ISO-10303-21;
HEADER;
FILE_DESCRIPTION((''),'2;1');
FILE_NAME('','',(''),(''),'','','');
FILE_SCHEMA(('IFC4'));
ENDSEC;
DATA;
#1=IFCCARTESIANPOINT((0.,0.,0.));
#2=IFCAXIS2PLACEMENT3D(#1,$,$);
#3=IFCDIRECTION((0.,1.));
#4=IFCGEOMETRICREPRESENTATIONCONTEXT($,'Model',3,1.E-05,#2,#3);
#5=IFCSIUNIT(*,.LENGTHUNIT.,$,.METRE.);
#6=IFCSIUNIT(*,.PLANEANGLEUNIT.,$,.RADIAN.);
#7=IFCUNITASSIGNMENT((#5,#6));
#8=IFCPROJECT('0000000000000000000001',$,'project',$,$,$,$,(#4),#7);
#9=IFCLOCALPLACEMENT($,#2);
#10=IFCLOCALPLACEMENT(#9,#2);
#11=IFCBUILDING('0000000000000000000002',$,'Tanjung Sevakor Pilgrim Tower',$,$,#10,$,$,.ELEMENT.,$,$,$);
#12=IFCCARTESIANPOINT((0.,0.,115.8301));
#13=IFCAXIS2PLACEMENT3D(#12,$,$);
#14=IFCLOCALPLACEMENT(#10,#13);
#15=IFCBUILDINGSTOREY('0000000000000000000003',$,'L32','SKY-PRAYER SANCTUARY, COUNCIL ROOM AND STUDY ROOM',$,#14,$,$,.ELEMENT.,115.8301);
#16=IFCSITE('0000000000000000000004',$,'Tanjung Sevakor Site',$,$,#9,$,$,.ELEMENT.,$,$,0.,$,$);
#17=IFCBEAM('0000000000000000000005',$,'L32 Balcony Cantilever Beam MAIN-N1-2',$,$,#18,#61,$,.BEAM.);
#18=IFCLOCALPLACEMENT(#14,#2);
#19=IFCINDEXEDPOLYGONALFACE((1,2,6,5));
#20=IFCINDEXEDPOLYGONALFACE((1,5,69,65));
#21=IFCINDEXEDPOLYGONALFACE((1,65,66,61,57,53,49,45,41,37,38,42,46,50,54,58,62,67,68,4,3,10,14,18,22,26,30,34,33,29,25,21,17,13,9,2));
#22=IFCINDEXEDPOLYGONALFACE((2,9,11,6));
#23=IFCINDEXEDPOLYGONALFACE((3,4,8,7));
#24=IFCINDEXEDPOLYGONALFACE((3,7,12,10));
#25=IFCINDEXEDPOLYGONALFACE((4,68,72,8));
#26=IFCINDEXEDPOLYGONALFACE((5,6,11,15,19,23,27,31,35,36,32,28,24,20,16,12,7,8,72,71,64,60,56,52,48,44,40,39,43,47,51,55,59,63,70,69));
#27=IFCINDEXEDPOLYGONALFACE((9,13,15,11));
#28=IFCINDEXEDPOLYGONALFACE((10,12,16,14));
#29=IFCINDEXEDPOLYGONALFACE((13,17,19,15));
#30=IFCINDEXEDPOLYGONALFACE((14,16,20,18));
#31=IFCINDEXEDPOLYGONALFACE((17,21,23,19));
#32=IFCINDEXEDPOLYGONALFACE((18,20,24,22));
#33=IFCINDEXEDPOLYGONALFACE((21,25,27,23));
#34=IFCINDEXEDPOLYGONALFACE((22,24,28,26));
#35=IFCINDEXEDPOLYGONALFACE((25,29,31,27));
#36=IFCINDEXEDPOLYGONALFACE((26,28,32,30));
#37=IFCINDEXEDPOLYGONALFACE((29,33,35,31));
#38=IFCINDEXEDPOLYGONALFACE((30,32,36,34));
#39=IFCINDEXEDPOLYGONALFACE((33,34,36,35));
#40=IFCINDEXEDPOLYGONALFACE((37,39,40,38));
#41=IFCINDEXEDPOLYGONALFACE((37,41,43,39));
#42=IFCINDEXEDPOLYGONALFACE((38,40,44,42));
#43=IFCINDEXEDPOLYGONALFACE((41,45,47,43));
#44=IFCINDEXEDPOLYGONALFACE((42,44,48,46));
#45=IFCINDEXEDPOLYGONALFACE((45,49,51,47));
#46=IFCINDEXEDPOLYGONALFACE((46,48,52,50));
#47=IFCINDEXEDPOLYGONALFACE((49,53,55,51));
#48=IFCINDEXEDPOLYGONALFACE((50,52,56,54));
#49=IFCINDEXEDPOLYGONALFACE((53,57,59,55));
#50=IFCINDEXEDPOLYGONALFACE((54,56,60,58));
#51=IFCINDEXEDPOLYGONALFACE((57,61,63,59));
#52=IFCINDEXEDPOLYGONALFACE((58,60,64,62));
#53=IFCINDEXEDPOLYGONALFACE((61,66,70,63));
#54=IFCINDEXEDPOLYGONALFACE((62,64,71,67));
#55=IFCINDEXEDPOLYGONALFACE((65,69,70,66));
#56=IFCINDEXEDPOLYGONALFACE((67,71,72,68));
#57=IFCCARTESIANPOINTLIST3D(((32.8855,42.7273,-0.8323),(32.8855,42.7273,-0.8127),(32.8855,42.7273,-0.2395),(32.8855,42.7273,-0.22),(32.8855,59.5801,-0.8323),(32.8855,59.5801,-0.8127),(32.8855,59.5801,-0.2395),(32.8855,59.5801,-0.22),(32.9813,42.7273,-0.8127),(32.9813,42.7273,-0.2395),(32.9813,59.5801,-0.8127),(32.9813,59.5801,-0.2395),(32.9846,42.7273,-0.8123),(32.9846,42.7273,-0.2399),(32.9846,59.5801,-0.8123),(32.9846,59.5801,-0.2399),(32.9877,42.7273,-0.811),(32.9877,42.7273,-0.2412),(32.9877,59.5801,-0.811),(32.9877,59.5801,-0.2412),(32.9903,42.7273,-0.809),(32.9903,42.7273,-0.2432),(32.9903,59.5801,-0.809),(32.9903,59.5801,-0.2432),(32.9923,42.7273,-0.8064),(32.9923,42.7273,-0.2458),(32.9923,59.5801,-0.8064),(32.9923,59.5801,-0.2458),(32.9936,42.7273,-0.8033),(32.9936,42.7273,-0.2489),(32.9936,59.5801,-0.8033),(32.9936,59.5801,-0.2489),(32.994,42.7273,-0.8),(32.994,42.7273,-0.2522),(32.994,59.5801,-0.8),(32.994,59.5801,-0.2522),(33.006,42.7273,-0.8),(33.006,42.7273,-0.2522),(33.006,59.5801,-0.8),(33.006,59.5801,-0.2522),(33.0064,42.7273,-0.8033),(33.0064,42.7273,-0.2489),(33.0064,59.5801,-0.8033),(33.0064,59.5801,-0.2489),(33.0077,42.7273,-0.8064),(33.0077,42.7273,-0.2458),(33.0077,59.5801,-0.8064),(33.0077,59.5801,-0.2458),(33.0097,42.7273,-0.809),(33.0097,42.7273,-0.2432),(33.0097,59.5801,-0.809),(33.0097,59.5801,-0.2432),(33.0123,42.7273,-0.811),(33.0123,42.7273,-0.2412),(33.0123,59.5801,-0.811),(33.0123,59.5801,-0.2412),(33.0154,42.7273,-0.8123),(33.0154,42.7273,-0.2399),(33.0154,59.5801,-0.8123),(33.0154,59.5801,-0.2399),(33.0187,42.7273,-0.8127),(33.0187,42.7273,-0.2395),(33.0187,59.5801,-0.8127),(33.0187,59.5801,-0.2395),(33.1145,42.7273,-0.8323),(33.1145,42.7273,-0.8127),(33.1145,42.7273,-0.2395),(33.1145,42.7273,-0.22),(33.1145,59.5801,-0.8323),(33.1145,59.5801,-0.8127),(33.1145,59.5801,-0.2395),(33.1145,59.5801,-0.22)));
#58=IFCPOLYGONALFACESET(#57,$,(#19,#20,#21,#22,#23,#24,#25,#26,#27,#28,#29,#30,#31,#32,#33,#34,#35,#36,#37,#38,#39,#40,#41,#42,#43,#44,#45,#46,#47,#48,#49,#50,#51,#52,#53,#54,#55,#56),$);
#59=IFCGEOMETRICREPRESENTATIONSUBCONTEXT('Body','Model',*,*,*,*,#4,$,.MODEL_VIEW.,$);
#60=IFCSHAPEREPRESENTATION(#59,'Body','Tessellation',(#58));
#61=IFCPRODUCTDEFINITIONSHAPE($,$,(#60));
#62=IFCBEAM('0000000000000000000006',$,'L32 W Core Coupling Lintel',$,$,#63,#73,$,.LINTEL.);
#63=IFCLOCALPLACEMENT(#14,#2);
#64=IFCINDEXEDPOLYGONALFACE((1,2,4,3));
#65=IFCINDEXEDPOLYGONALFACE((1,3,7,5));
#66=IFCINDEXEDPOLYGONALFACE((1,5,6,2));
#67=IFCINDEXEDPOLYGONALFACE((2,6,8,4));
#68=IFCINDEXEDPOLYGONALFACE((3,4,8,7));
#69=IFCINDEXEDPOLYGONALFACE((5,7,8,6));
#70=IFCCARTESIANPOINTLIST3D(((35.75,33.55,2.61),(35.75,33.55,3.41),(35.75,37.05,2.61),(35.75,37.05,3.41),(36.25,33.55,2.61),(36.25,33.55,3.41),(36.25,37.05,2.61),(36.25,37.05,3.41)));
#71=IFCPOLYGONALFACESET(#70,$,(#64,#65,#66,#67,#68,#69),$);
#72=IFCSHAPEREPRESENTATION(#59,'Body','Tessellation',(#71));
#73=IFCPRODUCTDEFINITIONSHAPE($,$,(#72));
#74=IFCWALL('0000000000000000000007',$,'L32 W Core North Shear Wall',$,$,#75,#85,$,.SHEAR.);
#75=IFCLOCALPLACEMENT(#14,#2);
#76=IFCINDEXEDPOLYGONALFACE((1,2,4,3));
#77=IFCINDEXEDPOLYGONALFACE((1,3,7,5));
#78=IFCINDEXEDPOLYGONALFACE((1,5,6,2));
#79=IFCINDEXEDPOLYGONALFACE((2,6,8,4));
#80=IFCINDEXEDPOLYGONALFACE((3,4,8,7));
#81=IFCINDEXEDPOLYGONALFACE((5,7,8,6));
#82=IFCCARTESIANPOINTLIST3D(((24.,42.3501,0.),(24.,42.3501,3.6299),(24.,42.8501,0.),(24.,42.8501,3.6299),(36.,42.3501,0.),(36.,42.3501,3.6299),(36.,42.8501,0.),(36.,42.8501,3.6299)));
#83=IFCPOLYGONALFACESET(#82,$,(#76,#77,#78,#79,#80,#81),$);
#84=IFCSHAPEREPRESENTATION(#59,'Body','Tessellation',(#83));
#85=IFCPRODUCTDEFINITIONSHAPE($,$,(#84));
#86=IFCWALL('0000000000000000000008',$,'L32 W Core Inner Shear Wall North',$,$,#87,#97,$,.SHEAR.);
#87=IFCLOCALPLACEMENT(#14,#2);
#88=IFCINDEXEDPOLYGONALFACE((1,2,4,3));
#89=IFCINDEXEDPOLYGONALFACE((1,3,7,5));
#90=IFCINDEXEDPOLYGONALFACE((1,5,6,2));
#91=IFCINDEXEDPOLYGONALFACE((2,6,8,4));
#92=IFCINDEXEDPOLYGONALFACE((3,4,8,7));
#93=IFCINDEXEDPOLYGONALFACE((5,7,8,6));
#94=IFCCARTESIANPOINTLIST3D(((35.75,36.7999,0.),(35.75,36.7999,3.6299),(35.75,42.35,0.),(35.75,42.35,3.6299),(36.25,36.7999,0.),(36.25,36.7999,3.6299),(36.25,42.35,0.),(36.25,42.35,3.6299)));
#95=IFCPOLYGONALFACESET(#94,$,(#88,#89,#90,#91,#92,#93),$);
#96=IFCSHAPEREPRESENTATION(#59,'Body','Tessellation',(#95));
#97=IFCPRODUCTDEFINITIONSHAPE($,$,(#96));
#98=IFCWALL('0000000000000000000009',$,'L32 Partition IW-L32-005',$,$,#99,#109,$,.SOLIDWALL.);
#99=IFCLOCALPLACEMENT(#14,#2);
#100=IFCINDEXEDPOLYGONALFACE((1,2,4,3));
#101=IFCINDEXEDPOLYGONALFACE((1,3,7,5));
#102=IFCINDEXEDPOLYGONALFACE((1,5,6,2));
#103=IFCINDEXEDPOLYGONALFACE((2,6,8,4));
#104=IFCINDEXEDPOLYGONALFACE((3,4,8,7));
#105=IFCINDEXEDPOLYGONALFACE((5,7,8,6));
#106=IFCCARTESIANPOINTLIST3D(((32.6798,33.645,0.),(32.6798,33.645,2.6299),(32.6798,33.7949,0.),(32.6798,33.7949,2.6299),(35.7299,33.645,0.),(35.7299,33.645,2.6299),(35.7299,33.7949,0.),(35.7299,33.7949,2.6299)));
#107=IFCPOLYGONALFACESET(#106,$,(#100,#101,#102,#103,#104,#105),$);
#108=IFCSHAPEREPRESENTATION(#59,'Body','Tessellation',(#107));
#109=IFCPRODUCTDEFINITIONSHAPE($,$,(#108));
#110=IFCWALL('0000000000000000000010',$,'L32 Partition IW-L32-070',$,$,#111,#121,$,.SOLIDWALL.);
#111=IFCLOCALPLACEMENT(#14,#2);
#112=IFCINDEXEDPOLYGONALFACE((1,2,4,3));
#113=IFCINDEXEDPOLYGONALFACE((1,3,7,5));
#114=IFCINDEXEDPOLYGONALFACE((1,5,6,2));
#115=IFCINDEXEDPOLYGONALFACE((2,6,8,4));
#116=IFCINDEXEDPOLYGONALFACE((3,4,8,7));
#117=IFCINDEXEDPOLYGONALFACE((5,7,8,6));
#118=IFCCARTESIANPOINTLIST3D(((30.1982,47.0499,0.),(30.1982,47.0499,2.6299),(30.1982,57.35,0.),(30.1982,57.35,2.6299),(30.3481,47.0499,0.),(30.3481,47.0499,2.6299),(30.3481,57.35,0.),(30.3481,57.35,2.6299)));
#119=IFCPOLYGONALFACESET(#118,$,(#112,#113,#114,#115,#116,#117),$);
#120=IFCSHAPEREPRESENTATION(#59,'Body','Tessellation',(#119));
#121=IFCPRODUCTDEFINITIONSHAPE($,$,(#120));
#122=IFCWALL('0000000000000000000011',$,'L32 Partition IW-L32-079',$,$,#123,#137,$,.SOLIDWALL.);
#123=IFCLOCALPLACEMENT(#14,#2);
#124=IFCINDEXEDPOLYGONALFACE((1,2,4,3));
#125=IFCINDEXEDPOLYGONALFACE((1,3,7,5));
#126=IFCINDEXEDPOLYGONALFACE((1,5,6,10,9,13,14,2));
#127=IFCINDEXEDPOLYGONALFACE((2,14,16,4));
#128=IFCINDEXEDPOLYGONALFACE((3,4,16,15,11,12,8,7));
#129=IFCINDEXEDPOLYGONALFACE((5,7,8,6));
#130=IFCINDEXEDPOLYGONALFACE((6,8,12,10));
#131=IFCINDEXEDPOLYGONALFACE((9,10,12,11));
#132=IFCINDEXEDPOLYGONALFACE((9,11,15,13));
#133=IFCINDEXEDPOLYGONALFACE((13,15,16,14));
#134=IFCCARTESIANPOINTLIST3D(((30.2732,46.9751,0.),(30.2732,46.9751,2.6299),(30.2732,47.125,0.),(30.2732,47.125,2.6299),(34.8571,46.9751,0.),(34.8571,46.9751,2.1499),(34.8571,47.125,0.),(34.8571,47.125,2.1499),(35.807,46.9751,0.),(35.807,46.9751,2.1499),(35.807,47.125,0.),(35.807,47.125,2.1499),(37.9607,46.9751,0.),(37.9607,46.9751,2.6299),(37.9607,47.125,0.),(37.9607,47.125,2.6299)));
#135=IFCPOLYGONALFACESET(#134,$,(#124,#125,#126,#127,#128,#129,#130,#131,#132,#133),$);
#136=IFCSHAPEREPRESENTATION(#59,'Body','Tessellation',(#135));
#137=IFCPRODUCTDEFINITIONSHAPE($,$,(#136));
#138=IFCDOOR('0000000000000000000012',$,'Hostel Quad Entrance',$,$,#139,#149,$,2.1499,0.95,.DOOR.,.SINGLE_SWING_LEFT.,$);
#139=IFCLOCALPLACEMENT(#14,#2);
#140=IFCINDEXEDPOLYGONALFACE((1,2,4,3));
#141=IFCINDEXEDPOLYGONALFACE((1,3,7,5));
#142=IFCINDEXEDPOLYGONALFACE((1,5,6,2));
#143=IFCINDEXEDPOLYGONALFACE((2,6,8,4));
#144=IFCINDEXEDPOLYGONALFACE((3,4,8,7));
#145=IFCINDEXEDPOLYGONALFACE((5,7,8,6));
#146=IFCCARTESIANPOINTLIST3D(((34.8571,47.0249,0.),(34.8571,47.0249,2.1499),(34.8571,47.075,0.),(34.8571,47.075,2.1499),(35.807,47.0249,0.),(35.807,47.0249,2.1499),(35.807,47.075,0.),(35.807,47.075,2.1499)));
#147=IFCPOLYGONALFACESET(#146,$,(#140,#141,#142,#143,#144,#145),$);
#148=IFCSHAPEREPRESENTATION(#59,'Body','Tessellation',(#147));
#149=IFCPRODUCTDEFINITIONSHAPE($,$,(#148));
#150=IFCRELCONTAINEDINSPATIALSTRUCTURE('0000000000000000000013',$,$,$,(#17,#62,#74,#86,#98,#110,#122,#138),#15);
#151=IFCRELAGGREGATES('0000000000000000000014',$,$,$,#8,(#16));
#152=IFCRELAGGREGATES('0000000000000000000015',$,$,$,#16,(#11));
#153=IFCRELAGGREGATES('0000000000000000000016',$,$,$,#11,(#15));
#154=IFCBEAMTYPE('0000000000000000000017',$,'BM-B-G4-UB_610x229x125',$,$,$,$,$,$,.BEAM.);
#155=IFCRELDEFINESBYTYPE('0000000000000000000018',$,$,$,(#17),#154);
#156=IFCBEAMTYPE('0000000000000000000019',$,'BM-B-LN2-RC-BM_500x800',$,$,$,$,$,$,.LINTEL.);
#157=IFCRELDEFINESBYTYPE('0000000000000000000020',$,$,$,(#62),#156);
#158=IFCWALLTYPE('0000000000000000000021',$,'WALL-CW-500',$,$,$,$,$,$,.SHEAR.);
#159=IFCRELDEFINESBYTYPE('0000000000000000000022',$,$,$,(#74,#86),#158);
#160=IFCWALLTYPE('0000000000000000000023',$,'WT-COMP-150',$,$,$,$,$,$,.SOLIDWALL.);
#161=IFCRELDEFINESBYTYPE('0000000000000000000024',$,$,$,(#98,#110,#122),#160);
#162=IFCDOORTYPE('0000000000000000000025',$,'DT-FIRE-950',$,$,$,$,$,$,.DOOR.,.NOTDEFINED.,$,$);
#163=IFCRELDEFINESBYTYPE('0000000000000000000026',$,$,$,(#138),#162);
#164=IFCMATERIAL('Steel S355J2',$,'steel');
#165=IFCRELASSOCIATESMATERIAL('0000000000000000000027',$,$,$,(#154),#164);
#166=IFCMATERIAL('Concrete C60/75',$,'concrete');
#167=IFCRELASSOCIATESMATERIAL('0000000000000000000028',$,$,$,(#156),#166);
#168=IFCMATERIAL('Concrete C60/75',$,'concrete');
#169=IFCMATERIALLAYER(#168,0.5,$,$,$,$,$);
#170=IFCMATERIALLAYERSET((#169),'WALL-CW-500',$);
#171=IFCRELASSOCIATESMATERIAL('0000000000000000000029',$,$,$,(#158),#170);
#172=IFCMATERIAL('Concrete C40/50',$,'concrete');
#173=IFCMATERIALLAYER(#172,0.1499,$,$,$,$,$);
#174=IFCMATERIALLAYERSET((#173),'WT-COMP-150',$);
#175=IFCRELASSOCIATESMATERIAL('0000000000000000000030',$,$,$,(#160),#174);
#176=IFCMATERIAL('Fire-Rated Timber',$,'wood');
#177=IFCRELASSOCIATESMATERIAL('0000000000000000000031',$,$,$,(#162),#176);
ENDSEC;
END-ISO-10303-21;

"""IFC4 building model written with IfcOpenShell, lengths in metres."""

from ifc_helpers import new_model, si_unit, direction, frame, frame_2d, origin, origin_2d, place, context, subcontext, project, spatial, rectangle, i_section, extrude, material, layer, layer_set, material_profile, profile_set, type_object, element, fill, save


model = new_model("IFC4")

# Units and contexts
model_context = context("Model", 3, precision=1e-05, world=origin(), true_north=direction((0.0, 1.0)))
body_context = subcontext(model_context, "Body", "Model", "MODEL_VIEW")
ifc_project = project(units=[si_unit("LENGTHUNIT", "METRE"), si_unit("PLANEANGLEUNIT", "RADIAN")], contexts=[model_context])

# Site, building, storey
site_placement = place(None, origin())
site = spatial("IfcSite", under=ifc_project, at=site_placement, Name="Tanjung Sevakor Site", CompositionType="ELEMENT", RefElevation=0.0)
building_placement = place(site_placement, origin())
building = spatial("IfcBuilding", under=site, at=building_placement, Name="Tanjung Sevakor Pilgrim Tower", CompositionType="ELEMENT")
storey_placement = place(building_placement, frame((0.0, 0.0, 115.8301)))
storey = spatial("IfcBuildingStorey", under=building, at=storey_placement, Name="L32", Description="SKY-PRAYER SANCTUARY, COUNCIL ROOM AND STUDY ROOM", CompositionType="ELEMENT", Elevation=115.8301)

# Beams
ifc_material_1 = material(Name="Steel S355J2", Category="steel")
ifc_material_profile_1 = material_profile(ifc_material_1, i_section(OverallWidth=0.229, OverallDepth=0.6123, WebThickness=0.012, FlangeThickness=0.0195, FilletRadius=0.0127, at=origin_2d()))
ifc_profile_set_1 = profile_set([ifc_material_profile_1], Name="Steel S355J2")
beam_type_1 = type_object("IfcBeamType", Name="BM-B-G4-UB_610x229x125", PredefinedType="BEAM", material=ifc_profile_set_1)
beam_1_placement = place(storey_placement, frame((33.0, 42.7273, -0.5261), z_axis=(0.0, 1.0, 0.0), x_axis=(-1.0, 0.0, 0.0)))
element("IfcBeam", 1, at=beam_1_placement, inside=storey, type_object=beam_type_1, Name="L32 Balcony Cantilever Beam MAIN-N1-2", PredefinedType="BEAM", context=body_context, shape_type="SweptSolid", body=[
    extrude(i_section(OverallWidth=0.229, OverallDepth=0.6123, WebThickness=0.012, FlangeThickness=0.0195, FilletRadius=0.0127, at=origin_2d()), origin(), (0.0, 0.0, 1.0), 16.8528),
])
ifc_material_2 = material(Name="Concrete C60/75", Category="concrete")
ifc_material_profile_2 = material_profile(ifc_material_2, rectangle(XDim=0.5, YDim=0.8, at=origin_2d()))
ifc_profile_set_2 = profile_set([ifc_material_profile_2], Name="Concrete C60/75")
beam_type_2 = type_object("IfcBeamType", Name="BM-B-LN2-RC-BM_500x800", PredefinedType="LINTEL", material=ifc_profile_set_2)
beam_2_placement = place(storey_placement, frame((36.0, 33.55, 3.01), z_axis=(0.0, 1.0, 0.0), x_axis=(-1.0, 0.0, 0.0)))
element("IfcBeam", 2, at=beam_2_placement, inside=storey, type_object=beam_type_2, Name="L32 W Core Coupling Lintel", PredefinedType="LINTEL", context=body_context, shape_type="SweptSolid", body=[
    extrude(rectangle(XDim=0.5, YDim=0.8, at=origin_2d()), origin(), (0.0, 0.0, 1.0), 3.5),
])

# Walls
ifc_material_3 = material(Name="Concrete C60/75", Category="concrete")
ifc_layer_1 = layer(ifc_material_3, 0.5)
ifc_layer_set_1 = layer_set([ifc_layer_1], Name="WALL-CW-500")
wall_type_1 = type_object("IfcWallType", Name="WALL-CW-500", PredefinedType="SHEAR", material=ifc_layer_set_1)
wall_1_placement = place(storey_placement, frame((36.0, 42.6001, 0.0), z_axis=(0.0, 0.0, 1.0), x_axis=(-1.0, 0.0, 0.0)))
element("IfcWall", 3, at=wall_1_placement, inside=storey, type_object=wall_type_1, Name="L32 W Core North Shear Wall", PredefinedType="SHEAR", context=body_context, shape_type="SweptSolid", body=[
    extrude(rectangle(XDim=12.0, YDim=0.5, at=frame_2d((6.0, 0.0))), origin(), (0.0, 0.0, 1.0), 3.6299),
])
wall_2_placement = place(storey_placement, frame((36.0, 36.8, 0.0), z_axis=(0.0, 0.0, 1.0), x_axis=(0.0, 1.0, 0.0)))
element("IfcWall", 4, at=wall_2_placement, inside=storey, type_object=wall_type_1, Name="L32 W Core Inner Shear Wall North", PredefinedType="SHEAR", context=body_context, shape_type="SweptSolid", body=[
    extrude(rectangle(XDim=5.55, YDim=0.5, at=frame_2d((2.7749, 0.0))), origin(), (0.0, 0.0, 1.0), 3.6299),
])

# Shared definitions
ifc_material_4 = material(Name="Concrete C40/50", Category="concrete")
ifc_layer_2 = layer(ifc_material_4, 0.1499)
ifc_layer_set_2 = layer_set([ifc_layer_2], Name="WT-COMP-150")
wall_type_2 = type_object("IfcWallType", Name="WT-COMP-150", PredefinedType="SOLIDWALL", material=ifc_layer_set_2)
ifc_material_5 = material(Name="Fire-Rated Timber", Category="wood")
door_type_1 = type_object("IfcDoorType", Name="DT-FIRE-950", OperationType="NOTDEFINED", PredefinedType="DOOR", material=ifc_material_5)

# Wall
wall_3_placement = place(storey_placement, frame((32.6799, 33.72, 0.0), z_axis=(0.0, 0.0, 1.0), x_axis=(1.0, 0.0, 0.0)))
element("IfcWall", 5, at=wall_3_placement, inside=storey, type_object=wall_type_2, Name="L32 Partition IW-L32-005", PredefinedType="SOLIDWALL", context=body_context, shape_type="SweptSolid", body=[
    extrude(rectangle(XDim=3.05, YDim=0.1499, at=frame_2d((1.5249, 0.0))), origin(), (0.0, 0.0, 1.0), 2.6299),
])

# Wall
wall_4_placement = place(storey_placement, frame((30.2732, 47.05, 0.0), z_axis=(0.0, 0.0, 1.0), x_axis=(0.0, 1.0, 0.0)))
element("IfcWall", 6, at=wall_4_placement, inside=storey, type_object=wall_type_2, Name="L32 Partition IW-L32-070", PredefinedType="SOLIDWALL", context=body_context, shape_type="SweptSolid", body=[
    extrude(rectangle(XDim=10.3, YDim=0.1499, at=frame_2d((5.1499, 0.0))), origin(), (0.0, 0.0, 1.0), 2.6299),
])

# Wall, opening, door
wall_5_placement = place(storey_placement, frame((30.2732, 47.05, 0.0), z_axis=(0.0, 0.0, 1.0), x_axis=(1.0, 0.0, 0.0)))
wall_5 = element("IfcWall", 7, at=wall_5_placement, inside=storey, type_object=wall_type_2, Name="L32 Partition IW-L32-079", PredefinedType="SOLIDWALL", context=body_context, shape_type="SweptSolid", body=[
    extrude(rectangle(XDim=7.6875, YDim=0.1499, at=frame_2d((3.8438, 0.0))), origin(), (0.0, 0.0, 1.0), 2.6299),
])
opening_1_placement = place(wall_5_placement, frame((4.5837, 0.0, 0.0)))
opening_1 = element("IfcOpeningElement", 8, at=opening_1_placement, cuts=wall_5, PredefinedType="OPENING", context=body_context, shape_type="SweptSolid", body=[
    extrude(rectangle(XDim=0.95, YDim=2.1499, at=frame_2d((0.4751, 1.075))), frame((0.0, 0.085, 0.0), z_axis=(0.0, -1.0, 0.0), x_axis=(1.0, 0.0, 0.0)), (0.0, 0.0, 1.0), 0.1699),
])
door_1_placement = place(opening_1_placement, origin())
door_1 = element("IfcDoor", 9, at=door_1_placement, inside=storey, type_object=door_type_1, Name="Hostel Quad Entrance", OperationType="SINGLE_SWING_LEFT", OverallHeight=2.1499, OverallWidth=0.95, PredefinedType="DOOR", context=body_context, shape_type="SweptSolid", body=[
    extrude(rectangle(XDim=0.95, YDim=2.1499, at=frame_2d((0.4751, 1.075))), frame((0.0, 0.0249, 0.0), z_axis=(0.0, -1.0, 0.0), x_axis=(1.0, 0.0, 0.0)), (0.0, 0.0, 1.0), 0.05),
])
fill(opening_1, door_1)

save(model, "model.ifc")
